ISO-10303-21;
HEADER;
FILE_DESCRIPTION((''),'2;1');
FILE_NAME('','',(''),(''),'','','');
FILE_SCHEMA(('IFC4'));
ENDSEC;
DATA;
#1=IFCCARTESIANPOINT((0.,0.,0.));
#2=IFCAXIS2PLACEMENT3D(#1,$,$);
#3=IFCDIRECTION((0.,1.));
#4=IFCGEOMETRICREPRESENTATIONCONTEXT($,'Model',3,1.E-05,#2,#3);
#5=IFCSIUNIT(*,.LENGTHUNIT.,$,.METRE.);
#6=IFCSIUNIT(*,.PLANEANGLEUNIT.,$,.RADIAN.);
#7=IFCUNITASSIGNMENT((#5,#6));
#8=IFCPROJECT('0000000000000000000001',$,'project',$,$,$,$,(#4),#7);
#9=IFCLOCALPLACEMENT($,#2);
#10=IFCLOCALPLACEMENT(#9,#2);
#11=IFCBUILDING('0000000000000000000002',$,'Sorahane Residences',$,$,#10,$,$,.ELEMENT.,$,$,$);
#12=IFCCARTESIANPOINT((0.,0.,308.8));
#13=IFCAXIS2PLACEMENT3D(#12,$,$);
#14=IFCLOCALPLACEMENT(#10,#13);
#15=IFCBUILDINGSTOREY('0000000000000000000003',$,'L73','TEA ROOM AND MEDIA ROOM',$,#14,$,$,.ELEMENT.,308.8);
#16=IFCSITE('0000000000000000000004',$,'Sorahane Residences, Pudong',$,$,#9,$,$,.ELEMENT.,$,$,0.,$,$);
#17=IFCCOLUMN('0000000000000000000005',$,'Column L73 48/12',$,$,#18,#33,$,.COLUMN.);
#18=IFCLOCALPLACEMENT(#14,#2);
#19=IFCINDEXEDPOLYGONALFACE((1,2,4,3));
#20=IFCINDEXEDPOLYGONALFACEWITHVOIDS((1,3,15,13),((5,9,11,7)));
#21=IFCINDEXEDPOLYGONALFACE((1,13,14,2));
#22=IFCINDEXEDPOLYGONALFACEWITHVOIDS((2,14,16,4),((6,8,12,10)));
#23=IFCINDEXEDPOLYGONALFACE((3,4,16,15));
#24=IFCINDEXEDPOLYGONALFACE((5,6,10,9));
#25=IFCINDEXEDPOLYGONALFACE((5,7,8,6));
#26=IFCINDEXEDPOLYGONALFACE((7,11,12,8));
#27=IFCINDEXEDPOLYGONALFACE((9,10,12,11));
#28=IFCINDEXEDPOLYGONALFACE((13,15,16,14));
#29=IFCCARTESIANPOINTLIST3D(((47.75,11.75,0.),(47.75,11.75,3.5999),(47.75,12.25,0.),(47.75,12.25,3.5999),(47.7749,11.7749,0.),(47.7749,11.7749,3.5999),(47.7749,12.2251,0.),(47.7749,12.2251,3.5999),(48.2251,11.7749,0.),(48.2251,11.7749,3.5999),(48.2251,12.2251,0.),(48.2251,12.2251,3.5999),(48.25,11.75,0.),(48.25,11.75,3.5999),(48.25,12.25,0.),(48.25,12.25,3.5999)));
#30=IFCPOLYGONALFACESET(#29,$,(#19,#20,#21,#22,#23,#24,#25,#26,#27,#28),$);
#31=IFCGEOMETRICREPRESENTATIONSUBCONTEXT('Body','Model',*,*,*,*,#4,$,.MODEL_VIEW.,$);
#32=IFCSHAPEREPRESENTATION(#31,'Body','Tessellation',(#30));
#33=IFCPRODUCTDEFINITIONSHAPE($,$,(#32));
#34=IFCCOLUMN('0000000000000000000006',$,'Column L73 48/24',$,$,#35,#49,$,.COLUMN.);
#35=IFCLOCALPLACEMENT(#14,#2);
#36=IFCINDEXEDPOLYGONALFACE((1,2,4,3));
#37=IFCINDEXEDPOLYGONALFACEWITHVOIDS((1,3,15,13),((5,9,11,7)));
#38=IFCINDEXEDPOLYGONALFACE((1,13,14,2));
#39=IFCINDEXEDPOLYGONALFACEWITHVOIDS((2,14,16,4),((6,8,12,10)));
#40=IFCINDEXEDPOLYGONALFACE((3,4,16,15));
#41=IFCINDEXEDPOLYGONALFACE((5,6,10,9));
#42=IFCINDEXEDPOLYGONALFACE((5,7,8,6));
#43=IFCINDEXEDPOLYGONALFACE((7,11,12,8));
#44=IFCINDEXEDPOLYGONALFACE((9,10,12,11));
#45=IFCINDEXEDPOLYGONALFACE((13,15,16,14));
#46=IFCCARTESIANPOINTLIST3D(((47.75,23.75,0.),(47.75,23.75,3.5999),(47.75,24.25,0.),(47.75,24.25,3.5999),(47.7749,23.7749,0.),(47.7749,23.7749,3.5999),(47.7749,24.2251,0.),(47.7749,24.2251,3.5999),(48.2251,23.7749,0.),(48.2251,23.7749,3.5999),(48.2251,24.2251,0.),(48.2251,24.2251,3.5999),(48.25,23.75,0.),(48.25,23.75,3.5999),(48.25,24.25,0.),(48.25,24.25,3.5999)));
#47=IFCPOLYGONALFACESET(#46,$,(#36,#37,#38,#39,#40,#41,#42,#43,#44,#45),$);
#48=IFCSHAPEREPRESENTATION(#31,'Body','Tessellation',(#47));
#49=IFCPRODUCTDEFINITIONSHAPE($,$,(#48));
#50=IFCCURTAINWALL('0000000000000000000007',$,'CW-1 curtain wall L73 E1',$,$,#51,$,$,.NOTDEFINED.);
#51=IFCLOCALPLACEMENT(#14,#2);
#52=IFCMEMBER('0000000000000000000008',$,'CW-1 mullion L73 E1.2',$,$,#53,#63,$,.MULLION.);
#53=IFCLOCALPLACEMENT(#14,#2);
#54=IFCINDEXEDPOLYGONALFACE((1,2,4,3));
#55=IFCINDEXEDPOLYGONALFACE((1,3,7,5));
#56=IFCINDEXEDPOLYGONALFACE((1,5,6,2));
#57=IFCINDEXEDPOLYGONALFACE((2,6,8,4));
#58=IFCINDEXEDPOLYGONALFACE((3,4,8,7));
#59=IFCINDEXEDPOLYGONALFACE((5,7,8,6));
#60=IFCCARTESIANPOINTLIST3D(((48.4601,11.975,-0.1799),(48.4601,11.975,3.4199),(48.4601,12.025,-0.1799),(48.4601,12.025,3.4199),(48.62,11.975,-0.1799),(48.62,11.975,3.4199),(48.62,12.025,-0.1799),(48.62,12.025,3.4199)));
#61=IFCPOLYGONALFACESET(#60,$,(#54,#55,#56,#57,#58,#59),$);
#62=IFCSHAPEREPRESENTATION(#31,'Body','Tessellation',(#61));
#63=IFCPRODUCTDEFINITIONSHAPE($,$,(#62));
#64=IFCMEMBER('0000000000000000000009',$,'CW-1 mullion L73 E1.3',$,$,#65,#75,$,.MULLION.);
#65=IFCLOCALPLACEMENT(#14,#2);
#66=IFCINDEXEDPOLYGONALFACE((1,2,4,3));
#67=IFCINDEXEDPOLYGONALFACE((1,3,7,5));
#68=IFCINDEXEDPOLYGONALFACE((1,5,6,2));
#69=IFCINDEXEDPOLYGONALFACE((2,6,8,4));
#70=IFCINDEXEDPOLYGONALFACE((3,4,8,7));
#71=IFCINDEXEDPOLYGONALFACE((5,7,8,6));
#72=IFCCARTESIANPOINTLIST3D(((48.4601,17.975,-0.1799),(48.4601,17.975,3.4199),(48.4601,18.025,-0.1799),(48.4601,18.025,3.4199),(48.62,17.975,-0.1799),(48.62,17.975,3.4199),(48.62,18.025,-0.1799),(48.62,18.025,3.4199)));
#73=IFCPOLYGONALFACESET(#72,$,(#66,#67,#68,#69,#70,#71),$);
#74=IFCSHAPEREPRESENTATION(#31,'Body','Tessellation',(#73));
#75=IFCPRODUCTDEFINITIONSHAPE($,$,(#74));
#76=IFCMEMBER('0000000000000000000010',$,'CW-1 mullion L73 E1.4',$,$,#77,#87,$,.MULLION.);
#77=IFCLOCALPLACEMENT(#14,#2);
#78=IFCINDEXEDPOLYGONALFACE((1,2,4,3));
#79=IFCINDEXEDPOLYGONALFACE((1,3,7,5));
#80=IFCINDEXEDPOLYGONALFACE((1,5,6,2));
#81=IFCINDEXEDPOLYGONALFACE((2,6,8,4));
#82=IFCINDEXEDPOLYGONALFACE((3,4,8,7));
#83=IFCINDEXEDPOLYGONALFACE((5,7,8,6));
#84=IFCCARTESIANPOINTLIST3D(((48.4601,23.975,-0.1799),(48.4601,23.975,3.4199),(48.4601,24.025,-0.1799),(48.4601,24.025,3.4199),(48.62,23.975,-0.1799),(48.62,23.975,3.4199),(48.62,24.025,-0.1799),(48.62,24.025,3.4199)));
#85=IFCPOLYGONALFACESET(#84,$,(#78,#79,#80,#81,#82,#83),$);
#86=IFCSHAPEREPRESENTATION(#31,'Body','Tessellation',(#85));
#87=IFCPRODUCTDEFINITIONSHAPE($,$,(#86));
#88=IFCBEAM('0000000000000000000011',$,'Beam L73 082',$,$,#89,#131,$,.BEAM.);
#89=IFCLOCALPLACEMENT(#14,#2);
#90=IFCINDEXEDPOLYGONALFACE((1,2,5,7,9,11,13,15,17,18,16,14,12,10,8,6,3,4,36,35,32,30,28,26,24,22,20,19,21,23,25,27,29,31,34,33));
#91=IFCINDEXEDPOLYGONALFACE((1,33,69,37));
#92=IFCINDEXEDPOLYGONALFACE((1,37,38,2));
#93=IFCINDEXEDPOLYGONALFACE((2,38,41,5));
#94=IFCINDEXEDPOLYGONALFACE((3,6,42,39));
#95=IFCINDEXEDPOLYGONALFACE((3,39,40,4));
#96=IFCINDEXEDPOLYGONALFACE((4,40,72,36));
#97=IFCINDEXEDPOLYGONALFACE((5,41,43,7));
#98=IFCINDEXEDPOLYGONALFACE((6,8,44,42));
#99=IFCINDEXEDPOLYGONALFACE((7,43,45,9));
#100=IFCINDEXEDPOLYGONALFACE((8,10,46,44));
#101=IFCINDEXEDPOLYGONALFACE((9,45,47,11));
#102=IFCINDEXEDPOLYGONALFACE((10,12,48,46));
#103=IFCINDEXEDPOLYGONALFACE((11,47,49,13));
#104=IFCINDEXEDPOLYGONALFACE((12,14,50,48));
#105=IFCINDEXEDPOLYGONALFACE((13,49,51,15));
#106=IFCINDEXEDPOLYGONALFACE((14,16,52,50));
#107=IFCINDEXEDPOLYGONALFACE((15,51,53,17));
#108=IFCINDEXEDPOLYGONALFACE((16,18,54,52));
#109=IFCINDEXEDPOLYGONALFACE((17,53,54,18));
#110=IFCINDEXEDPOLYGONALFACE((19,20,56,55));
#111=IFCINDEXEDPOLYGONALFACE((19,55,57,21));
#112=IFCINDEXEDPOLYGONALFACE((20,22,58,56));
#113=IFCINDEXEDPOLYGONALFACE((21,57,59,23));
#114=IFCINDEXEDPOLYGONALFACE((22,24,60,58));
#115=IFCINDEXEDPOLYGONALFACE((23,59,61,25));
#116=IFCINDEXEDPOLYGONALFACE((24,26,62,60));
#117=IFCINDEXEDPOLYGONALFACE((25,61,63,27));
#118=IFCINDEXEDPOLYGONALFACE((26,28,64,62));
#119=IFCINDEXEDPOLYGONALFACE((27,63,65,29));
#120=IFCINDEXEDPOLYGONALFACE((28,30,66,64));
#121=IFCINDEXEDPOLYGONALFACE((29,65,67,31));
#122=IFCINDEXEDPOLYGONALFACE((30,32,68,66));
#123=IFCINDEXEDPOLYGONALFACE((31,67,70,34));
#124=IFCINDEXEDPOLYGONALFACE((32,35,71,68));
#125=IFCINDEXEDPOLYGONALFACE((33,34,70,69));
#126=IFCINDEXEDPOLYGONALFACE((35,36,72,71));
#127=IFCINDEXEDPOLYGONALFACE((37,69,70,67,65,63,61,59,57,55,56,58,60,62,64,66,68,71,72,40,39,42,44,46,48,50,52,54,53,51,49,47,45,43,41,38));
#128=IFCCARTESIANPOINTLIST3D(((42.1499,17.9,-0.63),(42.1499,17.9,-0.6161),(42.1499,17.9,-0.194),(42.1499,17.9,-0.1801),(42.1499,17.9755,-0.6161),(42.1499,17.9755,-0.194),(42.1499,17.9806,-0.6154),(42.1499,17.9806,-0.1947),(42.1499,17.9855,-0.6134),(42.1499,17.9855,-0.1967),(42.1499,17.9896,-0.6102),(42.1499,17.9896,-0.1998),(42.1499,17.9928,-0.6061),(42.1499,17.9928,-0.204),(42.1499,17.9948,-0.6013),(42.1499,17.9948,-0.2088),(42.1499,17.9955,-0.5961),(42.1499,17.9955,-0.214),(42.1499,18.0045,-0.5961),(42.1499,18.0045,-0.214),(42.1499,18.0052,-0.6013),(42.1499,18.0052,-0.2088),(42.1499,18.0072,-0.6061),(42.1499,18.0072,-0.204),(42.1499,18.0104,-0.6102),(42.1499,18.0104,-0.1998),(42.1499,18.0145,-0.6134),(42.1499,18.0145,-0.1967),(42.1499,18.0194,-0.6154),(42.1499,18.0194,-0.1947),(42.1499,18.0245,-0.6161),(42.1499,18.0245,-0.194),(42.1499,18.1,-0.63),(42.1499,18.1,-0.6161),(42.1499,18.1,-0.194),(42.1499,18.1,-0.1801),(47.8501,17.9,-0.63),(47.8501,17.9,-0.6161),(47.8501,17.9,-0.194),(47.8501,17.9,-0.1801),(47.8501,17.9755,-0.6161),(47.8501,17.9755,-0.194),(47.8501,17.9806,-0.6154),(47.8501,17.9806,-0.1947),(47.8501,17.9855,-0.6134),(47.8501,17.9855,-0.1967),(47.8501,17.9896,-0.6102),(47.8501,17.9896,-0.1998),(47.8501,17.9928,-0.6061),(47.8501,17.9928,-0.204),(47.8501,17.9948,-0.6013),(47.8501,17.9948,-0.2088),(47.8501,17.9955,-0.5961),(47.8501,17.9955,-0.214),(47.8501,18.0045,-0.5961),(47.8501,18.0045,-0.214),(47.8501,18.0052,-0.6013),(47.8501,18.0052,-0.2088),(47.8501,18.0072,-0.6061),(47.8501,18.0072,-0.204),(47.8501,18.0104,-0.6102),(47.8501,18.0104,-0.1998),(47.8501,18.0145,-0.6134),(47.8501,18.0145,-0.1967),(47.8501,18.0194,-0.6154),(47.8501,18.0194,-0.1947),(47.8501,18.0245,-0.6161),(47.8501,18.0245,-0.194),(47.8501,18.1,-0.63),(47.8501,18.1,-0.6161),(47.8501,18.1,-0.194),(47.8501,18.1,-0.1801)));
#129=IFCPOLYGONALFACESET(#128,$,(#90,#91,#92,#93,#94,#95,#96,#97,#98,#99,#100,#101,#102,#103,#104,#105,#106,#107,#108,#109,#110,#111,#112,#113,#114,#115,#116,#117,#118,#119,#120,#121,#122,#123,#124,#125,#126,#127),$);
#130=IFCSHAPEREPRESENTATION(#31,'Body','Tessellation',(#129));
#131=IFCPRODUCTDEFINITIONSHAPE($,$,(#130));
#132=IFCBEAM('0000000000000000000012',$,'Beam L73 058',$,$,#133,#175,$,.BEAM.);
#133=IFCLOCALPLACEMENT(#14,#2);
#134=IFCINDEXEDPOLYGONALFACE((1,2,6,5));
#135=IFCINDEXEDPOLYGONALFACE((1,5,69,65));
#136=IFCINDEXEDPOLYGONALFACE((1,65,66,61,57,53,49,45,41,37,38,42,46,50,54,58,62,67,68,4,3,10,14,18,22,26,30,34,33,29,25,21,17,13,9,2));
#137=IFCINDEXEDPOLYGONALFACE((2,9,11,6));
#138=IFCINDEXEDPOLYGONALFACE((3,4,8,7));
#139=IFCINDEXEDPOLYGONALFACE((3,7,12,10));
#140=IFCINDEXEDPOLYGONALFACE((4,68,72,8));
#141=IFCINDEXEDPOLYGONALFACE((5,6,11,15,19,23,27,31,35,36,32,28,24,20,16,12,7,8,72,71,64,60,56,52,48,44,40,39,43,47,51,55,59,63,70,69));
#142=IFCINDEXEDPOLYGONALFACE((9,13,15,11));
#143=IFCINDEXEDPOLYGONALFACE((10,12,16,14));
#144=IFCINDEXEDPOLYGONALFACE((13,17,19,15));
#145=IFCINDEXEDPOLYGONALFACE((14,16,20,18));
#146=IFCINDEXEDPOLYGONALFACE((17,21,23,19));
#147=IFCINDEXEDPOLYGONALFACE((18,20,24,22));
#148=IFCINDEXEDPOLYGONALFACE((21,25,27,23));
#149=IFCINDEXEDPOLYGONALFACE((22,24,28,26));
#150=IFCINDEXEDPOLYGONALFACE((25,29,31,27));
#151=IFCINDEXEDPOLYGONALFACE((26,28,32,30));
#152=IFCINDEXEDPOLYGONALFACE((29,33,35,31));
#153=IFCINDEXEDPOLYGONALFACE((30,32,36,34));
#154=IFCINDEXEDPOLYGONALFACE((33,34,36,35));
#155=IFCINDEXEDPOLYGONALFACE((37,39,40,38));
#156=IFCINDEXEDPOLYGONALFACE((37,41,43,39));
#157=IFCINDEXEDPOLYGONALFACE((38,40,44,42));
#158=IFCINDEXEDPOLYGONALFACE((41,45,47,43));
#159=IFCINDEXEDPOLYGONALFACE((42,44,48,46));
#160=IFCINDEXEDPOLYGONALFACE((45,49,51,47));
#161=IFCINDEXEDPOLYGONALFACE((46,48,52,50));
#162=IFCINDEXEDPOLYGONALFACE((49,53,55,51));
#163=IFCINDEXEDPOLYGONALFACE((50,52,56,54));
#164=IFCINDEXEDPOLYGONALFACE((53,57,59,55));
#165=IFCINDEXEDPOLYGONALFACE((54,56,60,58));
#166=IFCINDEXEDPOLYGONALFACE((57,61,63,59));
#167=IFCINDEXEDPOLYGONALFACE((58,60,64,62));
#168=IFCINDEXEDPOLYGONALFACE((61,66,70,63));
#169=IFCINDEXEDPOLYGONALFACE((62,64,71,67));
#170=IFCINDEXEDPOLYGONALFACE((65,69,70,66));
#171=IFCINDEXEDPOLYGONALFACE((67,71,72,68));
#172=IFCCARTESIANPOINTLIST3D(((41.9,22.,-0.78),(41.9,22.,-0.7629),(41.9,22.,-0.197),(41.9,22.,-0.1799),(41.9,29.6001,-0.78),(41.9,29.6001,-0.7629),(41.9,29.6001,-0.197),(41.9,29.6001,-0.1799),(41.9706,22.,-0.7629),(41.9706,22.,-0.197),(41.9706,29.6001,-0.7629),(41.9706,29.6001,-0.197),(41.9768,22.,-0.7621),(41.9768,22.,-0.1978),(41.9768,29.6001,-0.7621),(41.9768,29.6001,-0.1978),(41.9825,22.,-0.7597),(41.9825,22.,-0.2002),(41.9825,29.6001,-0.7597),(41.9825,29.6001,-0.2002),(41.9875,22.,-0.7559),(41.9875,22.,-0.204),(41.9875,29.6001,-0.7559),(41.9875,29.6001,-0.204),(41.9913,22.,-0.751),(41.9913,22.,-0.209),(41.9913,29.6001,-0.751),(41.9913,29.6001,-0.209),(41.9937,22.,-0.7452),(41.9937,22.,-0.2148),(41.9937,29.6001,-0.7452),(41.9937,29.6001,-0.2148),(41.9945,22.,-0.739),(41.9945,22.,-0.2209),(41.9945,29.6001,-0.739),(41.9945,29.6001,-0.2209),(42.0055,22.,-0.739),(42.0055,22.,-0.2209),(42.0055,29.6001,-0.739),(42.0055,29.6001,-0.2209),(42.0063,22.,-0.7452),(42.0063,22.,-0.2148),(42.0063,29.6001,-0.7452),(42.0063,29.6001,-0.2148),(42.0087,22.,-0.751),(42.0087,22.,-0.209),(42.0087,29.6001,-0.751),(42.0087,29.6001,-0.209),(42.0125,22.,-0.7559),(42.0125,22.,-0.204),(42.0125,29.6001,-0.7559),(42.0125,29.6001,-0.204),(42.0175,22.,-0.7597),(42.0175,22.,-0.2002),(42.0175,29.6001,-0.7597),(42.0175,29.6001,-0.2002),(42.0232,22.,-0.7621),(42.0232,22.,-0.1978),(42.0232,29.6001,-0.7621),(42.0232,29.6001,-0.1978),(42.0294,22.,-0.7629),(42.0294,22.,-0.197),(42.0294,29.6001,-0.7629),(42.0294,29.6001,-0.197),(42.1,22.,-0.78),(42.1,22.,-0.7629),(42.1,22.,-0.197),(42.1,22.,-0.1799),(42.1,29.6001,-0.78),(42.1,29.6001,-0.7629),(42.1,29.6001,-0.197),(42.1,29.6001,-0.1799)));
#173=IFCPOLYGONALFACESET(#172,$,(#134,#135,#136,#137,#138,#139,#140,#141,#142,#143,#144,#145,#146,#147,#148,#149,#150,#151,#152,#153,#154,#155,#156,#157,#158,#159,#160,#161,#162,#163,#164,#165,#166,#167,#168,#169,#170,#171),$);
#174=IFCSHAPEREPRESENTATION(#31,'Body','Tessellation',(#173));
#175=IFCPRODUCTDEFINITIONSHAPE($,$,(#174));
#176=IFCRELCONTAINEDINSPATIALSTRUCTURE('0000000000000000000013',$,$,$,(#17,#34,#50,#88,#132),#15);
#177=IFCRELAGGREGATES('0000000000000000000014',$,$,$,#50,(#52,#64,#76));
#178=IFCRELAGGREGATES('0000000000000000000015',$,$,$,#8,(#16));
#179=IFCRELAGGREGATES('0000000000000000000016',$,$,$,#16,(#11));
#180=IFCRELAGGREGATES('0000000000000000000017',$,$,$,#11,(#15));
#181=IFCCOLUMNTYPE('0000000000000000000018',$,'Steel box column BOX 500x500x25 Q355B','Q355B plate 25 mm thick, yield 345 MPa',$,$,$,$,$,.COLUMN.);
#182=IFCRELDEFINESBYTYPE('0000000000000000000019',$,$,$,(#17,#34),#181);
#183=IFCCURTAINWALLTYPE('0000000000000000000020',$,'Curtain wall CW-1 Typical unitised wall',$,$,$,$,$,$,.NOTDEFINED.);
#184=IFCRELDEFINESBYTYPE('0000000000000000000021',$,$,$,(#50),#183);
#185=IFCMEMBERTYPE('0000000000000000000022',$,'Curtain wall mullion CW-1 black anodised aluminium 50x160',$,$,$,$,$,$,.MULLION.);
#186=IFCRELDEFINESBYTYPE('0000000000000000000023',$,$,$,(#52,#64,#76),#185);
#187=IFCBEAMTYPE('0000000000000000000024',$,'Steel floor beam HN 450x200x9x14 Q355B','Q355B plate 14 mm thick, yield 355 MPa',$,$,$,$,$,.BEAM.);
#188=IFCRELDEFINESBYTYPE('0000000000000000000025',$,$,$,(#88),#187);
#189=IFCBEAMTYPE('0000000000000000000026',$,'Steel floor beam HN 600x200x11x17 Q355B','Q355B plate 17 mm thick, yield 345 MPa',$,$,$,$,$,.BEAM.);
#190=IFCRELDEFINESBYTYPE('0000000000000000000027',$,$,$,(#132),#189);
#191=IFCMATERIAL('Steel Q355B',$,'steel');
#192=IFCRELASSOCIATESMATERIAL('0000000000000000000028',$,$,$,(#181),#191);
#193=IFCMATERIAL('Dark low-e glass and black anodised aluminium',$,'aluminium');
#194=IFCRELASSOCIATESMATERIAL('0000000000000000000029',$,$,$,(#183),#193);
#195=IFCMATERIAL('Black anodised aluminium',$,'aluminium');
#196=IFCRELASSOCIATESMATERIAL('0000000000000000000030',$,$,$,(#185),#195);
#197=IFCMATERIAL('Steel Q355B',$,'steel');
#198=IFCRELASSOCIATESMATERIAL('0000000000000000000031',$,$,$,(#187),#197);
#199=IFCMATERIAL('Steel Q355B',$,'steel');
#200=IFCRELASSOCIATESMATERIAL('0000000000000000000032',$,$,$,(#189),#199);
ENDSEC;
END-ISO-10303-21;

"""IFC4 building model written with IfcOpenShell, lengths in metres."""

from ifc_helpers import new_model, si_unit, direction, frame, origin, origin_2d, place, context, subcontext, project, spatial, rectangle, hollow_rectangle, i_section, extrude, material, material_profile, profile_set, type_object, element, aggregate, save


model = new_model("IFC4")

# Units and contexts
model_context = context("Model", 3, precision=1e-05, world=origin(), true_north=direction((0.0, 1.0)))
body_context = subcontext(model_context, "Body", "Model", "MODEL_VIEW")
ifc_project = project(units=[si_unit("LENGTHUNIT", "METRE"), si_unit("PLANEANGLEUNIT", "RADIAN")], contexts=[model_context])

# Site, building, storey
site_placement = place(None, origin())
site = spatial("IfcSite", under=ifc_project, at=site_placement, Name="Sorahane Residences, Pudong", CompositionType="ELEMENT", RefElevation=0.0)
building_placement = place(site_placement, origin())
building = spatial("IfcBuilding", under=site, at=building_placement, Name="Sorahane Residences", CompositionType="ELEMENT")
storey_placement = place(building_placement, frame((0.0, 0.0, 308.8)))
storey = spatial("IfcBuildingStorey", under=building, at=storey_placement, Name="L73", Description="TEA ROOM AND MEDIA ROOM", CompositionType="ELEMENT", Elevation=308.8)

# Columns
ifc_material_1 = material(Name="Steel Q355B", Category="steel")
ifc_material_profile_1 = material_profile(ifc_material_1, hollow_rectangle(XDim=0.5, YDim=0.5, WallThickness=0.0249, at=origin_2d()), Name="BOX 500x500x25")
ifc_profile_set_1 = profile_set([ifc_material_profile_1], Name="Steel Q355B")
column_type = type_object("IfcColumnType", Name="Steel box column BOX 500x500x25 Q355B", Description="Q355B plate 25 mm thick, yield 345 MPa", PredefinedType="COLUMN", material=ifc_profile_set_1)
for number, where, z_axis, x_axis, name in (
    (1, (48.0, 12.0, 0.0), (0.0, 0.0, 1.0), (1.0, 0.0, 0.0), "Column L73 48/12"),
    (2, (48.0, 24.0, 0.0), (0.0, 0.0, 1.0), (1.0, 0.0, 0.0), "Column L73 48/24"),
):
    element("IfcColumn", number, at=place(storey_placement, frame(where, z_axis=z_axis, x_axis=x_axis)), inside=storey, type_object=column_type, Name=name, PredefinedType="COLUMN", context=body_context, shape_type="SweptSolid", body=[
        extrude(hollow_rectangle(XDim=0.5, YDim=0.5, WallThickness=0.0249, at=origin_2d()), origin(), (0.0, 0.0, 1.0), 3.5999),
    ])

# Curtain wall, members
ifc_material_2 = material(Name="Dark low-e glass and black anodised aluminium", Category="aluminium")
curtain_wall_type = type_object("IfcCurtainWallType", Name="Curtain wall CW-1 Typical unitised wall", PredefinedType="NOTDEFINED", material=ifc_material_2)
curtain_wall_placement = place(storey_placement, origin())
curtain_wall = element("IfcCurtainWall", 3, at=curtain_wall_placement, inside=storey, type_object=curtain_wall_type, Name="CW-1 curtain wall L73 E1", PredefinedType="NOTDEFINED")
ifc_material_3 = material(Name="Black anodised aluminium", Category="aluminium")
ifc_material_profile_2 = material_profile(ifc_material_3, rectangle(XDim=0.1599, YDim=0.05, at=origin_2d()), Name="Curtain wall mullion CW-1 black anodised aluminium 50x160")
ifc_profile_set_2 = profile_set([ifc_material_profile_2], Name="Black anodised aluminium")
member_type = type_object("IfcMemberType", Name="Curtain wall mullion CW-1 black anodised aluminium 50x160", PredefinedType="MULLION", material=ifc_profile_set_2)
member_1_placement = place(storey_placement, frame((48.54, 12.0, -0.1799), z_axis=(0.0, 0.0, 1.0), x_axis=(1.0, 0.0, 0.0)))
member_1 = element("IfcMember", 4, at=member_1_placement, type_object=member_type, Name="CW-1 mullion L73 E1.2", PredefinedType="MULLION", context=body_context, shape_type="SweptSolid", body=[
    extrude(rectangle(XDim=0.1599, YDim=0.05, at=origin_2d()), origin(), (0.0, 0.0, 1.0), 3.5999),
])
member_2_placement = place(storey_placement, frame((48.54, 18.0, -0.1799), z_axis=(0.0, 0.0, 1.0), x_axis=(1.0, 0.0, 0.0)))
member_2 = element("IfcMember", 5, at=member_2_placement, type_object=member_type, Name="CW-1 mullion L73 E1.3", PredefinedType="MULLION", context=body_context, shape_type="SweptSolid", body=[
    extrude(rectangle(XDim=0.1599, YDim=0.05, at=origin_2d()), origin(), (0.0, 0.0, 1.0), 3.5999),
])
member_3_placement = place(storey_placement, frame((48.54, 24.0, -0.1799), z_axis=(0.0, 0.0, 1.0), x_axis=(1.0, 0.0, 0.0)))
member_3 = element("IfcMember", 6, at=member_3_placement, type_object=member_type, Name="CW-1 mullion L73 E1.4", PredefinedType="MULLION", context=body_context, shape_type="SweptSolid", body=[
    extrude(rectangle(XDim=0.1599, YDim=0.05, at=origin_2d()), origin(), (0.0, 0.0, 1.0), 3.5999),
])

# Beams
ifc_material_4 = material(Name="Steel Q355B", Category="steel")
ifc_material_profile_3 = material_profile(ifc_material_4, i_section(OverallWidth=0.2, OverallDepth=0.45, WebThickness=0.009, FlangeThickness=0.0139, FilletRadius=0.02, at=origin_2d()), Name="HN 450x200x9x14")
ifc_profile_set_3 = profile_set([ifc_material_profile_3], Name="Steel Q355B")
beam_type_1 = type_object("IfcBeamType", Name="Steel floor beam HN 450x200x9x14 Q355B", Description="Q355B plate 14 mm thick, yield 355 MPa", PredefinedType="BEAM", material=ifc_profile_set_3)
beam_1_placement = place(storey_placement, frame((42.1499, 18.0, -0.405), z_axis=(1.0, 0.0, 0.0), x_axis=(0.0, 1.0, 0.0)))
element("IfcBeam", 7, at=beam_1_placement, inside=storey, type_object=beam_type_1, Name="Beam L73 082", PredefinedType="BEAM", context=body_context, shape_type="SweptSolid", body=[
    extrude(i_section(OverallWidth=0.2, OverallDepth=0.45, WebThickness=0.009, FlangeThickness=0.0139, FilletRadius=0.02, at=origin_2d()), origin(), (0.0, 0.0, 1.0), 5.7002),
])
ifc_material_5 = material(Name="Steel Q355B", Category="steel")
ifc_material_profile_4 = material_profile(ifc_material_5, i_section(OverallWidth=0.2, OverallDepth=0.6001, WebThickness=0.011, FlangeThickness=0.0171, FilletRadius=0.0239, at=origin_2d()), Name="HN 600x200x11x17")
ifc_profile_set_4 = profile_set([ifc_material_profile_4], Name="Steel Q355B")
beam_type_2 = type_object("IfcBeamType", Name="Steel floor beam HN 600x200x11x17 Q355B", Description="Q355B plate 17 mm thick, yield 345 MPa", PredefinedType="BEAM", material=ifc_profile_set_4)
beam_2_placement = place(storey_placement, frame((42.0, 22.0, -0.48), z_axis=(0.0, 1.0, 0.0), x_axis=(-1.0, 0.0, 0.0)))
element("IfcBeam", 8, at=beam_2_placement, inside=storey, type_object=beam_type_2, Name="Beam L73 058", PredefinedType="BEAM", context=body_context, shape_type="SweptSolid", body=[
    extrude(i_section(OverallWidth=0.2, OverallDepth=0.6001, WebThickness=0.011, FlangeThickness=0.0171, FilletRadius=0.0239, at=origin_2d()), origin(), (0.0, 0.0, 1.0), 7.6001),
])

aggregate(curtain_wall, [member_1, member_2, member_3])

save(model, "model.ifc")
